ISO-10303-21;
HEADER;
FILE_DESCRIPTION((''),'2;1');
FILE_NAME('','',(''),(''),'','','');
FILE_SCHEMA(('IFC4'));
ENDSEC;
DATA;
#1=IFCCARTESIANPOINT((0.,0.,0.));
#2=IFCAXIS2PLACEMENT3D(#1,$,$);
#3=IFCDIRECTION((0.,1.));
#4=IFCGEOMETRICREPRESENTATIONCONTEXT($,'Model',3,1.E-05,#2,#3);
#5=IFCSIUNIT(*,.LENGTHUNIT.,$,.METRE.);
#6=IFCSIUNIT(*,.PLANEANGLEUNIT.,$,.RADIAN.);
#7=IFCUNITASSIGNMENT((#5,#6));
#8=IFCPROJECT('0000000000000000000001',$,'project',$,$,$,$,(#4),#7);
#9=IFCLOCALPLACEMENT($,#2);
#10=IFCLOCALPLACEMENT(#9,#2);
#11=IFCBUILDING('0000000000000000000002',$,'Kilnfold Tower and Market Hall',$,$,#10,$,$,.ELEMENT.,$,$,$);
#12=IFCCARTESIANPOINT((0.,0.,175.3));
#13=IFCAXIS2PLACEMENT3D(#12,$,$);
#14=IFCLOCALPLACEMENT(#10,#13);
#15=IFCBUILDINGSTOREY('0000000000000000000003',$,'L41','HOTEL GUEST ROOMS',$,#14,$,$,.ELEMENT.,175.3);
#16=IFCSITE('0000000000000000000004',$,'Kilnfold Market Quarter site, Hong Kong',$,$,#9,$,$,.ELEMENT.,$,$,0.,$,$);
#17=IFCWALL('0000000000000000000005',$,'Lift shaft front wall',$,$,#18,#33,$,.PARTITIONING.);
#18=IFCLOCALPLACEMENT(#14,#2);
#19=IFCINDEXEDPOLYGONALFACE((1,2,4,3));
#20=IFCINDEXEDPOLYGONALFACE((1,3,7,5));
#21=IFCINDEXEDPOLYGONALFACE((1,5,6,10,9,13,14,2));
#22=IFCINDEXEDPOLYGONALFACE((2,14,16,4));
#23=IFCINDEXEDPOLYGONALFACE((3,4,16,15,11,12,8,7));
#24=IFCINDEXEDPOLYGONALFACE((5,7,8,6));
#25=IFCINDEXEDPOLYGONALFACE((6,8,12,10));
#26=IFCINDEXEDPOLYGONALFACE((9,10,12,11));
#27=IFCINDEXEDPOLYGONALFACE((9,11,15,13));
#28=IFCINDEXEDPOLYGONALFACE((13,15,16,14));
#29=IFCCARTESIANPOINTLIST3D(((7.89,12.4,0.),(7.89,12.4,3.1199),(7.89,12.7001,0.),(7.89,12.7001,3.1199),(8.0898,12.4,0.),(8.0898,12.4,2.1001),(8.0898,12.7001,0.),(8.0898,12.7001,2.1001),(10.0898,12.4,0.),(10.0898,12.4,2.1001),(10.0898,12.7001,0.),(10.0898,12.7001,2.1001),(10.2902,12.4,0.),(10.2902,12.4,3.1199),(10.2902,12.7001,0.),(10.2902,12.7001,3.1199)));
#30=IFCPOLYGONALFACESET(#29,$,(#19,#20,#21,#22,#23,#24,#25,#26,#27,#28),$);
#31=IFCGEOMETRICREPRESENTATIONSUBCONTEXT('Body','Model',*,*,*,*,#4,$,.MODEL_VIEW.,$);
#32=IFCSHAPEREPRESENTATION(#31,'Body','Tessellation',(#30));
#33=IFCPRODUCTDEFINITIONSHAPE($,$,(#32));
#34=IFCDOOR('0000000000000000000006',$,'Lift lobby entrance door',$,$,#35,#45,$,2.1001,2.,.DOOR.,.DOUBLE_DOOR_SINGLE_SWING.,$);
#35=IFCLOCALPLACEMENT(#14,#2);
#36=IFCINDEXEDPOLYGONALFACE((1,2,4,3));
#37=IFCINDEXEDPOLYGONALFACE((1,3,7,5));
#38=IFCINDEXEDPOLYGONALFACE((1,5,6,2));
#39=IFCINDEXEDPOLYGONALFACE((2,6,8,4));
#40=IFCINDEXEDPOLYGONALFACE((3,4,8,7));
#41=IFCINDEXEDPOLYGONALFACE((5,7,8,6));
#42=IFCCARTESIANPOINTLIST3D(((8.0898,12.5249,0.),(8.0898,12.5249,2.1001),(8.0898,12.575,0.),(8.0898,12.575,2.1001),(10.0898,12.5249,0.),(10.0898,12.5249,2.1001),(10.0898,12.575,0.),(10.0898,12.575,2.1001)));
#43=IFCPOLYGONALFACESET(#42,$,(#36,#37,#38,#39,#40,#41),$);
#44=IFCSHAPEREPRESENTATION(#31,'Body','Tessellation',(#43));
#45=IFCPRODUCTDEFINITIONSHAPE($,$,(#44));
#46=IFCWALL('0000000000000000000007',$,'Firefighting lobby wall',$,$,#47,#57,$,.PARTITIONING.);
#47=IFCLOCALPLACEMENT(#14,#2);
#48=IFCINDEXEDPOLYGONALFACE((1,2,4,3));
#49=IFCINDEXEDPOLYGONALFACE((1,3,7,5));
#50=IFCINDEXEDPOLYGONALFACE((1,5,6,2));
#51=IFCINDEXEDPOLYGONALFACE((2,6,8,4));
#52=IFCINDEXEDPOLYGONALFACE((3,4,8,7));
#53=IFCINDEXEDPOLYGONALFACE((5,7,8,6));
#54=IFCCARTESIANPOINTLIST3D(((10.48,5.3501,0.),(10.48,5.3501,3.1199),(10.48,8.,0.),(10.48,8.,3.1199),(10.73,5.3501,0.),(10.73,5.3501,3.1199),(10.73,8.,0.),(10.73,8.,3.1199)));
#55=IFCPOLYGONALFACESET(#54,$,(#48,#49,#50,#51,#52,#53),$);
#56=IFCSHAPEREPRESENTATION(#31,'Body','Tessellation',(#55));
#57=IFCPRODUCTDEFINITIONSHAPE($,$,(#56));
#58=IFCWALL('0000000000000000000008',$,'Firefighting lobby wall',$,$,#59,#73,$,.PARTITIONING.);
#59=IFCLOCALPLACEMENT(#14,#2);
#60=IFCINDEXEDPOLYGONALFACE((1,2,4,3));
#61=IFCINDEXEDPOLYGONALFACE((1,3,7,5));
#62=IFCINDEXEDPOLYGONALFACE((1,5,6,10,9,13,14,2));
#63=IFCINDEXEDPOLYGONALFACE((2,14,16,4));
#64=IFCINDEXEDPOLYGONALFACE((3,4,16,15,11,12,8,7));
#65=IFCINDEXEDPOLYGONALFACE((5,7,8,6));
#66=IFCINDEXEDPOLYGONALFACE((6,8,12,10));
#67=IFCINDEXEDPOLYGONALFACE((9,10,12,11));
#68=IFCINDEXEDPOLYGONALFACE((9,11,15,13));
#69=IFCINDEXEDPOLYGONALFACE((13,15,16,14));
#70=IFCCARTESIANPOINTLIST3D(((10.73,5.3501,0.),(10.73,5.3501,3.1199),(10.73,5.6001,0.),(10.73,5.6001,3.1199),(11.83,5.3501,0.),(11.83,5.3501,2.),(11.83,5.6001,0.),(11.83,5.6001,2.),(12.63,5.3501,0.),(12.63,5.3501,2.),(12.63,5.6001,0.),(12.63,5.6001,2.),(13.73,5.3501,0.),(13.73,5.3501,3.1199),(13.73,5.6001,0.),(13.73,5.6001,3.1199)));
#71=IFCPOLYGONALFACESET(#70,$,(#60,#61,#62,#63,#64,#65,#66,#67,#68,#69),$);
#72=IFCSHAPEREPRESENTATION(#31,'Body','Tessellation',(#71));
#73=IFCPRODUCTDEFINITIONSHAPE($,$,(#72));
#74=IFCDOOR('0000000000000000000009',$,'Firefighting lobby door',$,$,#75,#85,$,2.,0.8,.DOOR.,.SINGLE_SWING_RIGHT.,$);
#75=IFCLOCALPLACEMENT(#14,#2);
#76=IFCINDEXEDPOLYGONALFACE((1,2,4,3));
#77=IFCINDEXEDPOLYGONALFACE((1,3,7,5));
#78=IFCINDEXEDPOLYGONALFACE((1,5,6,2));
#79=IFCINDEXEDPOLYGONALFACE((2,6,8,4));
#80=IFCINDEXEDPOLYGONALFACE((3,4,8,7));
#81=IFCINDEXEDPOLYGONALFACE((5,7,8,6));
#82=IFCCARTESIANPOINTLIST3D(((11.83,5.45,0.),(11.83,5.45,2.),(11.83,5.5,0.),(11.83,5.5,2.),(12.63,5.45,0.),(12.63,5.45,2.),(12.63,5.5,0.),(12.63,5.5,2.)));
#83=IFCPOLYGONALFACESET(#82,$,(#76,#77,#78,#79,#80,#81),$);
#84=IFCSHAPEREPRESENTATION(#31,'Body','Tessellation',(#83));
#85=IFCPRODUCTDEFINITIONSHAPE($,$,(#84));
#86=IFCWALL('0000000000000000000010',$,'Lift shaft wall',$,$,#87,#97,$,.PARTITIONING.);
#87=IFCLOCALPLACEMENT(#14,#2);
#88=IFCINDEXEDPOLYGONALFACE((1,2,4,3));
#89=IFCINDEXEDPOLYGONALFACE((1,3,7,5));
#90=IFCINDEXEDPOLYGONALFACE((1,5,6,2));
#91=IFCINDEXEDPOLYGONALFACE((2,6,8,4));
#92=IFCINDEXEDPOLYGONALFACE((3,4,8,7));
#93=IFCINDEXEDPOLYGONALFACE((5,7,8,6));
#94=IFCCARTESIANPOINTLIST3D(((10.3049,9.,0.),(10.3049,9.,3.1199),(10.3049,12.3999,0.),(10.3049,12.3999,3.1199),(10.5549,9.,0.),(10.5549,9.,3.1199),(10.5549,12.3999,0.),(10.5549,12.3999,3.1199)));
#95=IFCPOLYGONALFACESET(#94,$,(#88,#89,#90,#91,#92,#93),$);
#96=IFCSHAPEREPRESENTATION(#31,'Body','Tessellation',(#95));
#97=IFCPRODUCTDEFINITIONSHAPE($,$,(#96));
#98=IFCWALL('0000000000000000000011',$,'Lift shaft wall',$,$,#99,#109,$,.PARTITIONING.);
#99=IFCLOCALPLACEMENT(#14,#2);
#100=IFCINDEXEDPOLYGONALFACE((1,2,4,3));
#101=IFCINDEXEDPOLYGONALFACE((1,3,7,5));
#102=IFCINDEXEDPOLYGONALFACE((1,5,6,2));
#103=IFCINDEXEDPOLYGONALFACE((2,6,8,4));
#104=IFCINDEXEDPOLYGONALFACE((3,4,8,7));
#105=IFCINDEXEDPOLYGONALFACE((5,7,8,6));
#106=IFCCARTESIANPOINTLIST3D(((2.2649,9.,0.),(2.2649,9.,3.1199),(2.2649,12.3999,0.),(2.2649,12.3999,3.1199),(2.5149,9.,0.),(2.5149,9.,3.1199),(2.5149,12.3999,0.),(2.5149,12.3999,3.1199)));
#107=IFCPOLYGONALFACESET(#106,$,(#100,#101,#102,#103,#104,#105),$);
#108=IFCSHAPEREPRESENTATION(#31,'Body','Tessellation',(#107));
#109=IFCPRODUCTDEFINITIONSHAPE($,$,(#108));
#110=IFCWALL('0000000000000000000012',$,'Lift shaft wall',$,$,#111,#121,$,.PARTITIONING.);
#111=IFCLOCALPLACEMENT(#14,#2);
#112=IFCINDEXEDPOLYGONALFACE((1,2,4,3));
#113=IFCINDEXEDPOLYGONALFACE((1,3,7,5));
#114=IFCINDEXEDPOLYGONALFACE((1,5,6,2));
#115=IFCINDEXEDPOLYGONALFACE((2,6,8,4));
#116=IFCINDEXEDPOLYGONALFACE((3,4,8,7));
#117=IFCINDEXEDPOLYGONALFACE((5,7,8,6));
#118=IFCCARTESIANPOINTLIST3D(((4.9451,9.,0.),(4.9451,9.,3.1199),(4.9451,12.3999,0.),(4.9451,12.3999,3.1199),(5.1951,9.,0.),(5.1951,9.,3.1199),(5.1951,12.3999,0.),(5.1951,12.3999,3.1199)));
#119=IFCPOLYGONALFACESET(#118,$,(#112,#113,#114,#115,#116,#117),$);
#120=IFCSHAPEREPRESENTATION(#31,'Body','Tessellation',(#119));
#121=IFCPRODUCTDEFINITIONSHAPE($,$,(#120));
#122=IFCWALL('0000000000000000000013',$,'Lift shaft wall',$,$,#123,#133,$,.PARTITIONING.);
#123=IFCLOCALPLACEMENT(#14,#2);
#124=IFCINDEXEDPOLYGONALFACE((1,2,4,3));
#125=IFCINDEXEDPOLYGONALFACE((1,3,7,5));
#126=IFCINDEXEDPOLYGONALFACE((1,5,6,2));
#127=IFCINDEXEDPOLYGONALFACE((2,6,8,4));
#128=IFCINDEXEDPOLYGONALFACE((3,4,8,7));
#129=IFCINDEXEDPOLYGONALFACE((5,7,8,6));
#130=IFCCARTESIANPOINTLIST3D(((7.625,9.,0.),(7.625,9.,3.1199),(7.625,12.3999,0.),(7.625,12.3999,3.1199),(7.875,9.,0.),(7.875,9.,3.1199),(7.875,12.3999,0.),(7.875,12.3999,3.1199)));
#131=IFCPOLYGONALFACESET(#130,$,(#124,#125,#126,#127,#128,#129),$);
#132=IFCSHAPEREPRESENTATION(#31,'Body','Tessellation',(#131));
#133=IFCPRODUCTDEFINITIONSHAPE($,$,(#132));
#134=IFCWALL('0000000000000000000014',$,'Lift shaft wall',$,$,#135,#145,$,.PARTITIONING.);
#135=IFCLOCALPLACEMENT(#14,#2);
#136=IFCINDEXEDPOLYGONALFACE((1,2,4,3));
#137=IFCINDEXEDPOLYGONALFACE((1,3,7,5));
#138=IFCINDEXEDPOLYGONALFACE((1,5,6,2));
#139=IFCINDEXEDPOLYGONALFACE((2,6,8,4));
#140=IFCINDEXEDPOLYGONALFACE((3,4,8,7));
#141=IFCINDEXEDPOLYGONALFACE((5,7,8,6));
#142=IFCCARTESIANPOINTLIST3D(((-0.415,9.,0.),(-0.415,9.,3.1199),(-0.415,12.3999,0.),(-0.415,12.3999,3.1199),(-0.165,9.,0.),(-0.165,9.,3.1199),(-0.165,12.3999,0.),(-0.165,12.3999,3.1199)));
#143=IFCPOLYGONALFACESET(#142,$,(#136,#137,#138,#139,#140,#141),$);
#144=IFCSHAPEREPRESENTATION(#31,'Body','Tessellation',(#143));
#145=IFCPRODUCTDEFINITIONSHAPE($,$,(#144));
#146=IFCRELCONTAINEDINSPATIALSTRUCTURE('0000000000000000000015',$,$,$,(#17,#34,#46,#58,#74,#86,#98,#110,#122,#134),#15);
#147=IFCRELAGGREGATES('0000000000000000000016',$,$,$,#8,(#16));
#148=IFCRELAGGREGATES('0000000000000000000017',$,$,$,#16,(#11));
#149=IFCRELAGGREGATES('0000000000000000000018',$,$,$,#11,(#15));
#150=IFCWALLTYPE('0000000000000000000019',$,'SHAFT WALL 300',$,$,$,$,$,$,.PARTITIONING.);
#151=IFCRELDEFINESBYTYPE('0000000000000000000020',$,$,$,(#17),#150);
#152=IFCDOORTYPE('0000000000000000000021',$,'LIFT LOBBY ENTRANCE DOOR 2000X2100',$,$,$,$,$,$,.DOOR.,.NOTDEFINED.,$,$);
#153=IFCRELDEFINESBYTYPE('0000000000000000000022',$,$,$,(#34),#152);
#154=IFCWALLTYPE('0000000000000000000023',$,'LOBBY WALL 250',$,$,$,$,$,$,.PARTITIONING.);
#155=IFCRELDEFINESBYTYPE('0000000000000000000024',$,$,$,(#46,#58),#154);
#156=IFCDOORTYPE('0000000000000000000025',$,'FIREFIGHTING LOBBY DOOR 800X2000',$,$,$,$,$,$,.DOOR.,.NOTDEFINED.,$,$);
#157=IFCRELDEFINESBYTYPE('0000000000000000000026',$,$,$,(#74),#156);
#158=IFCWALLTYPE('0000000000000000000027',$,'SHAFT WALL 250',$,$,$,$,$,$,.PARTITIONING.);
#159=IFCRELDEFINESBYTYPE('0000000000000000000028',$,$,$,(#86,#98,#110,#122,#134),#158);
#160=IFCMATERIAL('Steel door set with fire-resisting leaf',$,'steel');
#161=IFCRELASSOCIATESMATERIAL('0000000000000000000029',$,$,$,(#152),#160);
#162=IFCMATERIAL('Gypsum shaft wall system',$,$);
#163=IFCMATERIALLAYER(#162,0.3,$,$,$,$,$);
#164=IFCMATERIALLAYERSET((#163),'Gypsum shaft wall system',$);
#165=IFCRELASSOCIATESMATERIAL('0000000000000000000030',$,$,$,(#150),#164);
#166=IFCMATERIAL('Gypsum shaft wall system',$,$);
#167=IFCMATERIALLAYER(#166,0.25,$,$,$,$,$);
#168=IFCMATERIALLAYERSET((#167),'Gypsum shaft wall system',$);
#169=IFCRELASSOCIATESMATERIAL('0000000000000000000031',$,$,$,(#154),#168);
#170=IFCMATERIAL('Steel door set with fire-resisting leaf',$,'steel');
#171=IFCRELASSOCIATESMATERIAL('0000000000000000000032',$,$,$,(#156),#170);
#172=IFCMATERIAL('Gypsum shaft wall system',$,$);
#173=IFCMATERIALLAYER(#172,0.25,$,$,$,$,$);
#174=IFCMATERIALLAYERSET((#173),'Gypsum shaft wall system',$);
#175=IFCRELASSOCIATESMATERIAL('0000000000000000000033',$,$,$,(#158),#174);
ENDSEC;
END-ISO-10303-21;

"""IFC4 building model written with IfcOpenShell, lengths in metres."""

from ifc_helpers import new_model, si_unit, direction, frame, frame_2d, origin, place, context, subcontext, project, spatial, rectangle, extrude, source, transform, mapped, material, layer, layer_set, type_object, element, fill, save


model = new_model("IFC4")

# Units and contexts
model_context = context("Model", 3, precision=1e-05, world=origin(), true_north=direction((0.0, 1.0)))
body_context = subcontext(model_context, "Body", "Model", "MODEL_VIEW")
ifc_project = project(units=[si_unit("LENGTHUNIT", "METRE"), si_unit("PLANEANGLEUNIT", "RADIAN")], contexts=[model_context])

# Site, building, storey
site_placement = place(None, origin())
site = spatial("IfcSite", under=ifc_project, at=site_placement, Name="Kilnfold Market Quarter site, Hong Kong", CompositionType="ELEMENT", RefElevation=0.0)
building_placement = place(site_placement, origin())
building = spatial("IfcBuilding", under=site, at=building_placement, Name="Kilnfold Tower and Market Hall", CompositionType="ELEMENT")
storey_placement = place(building_placement, frame((0.0, 0.0, 175.3)))
storey = spatial("IfcBuildingStorey", under=building, at=storey_placement, Name="L41", Description="HOTEL GUEST ROOMS", CompositionType="ELEMENT", Elevation=175.3)

# Wall, opening, door
ifc_material_1 = material(Name="Steel door set with fire-resisting leaf", Category="steel")
door_type_1 = type_object("IfcDoorType", Name="LIFT LOBBY ENTRANCE DOOR 2000X2100", OperationType="NOTDEFINED", PredefinedType="DOOR", material=ifc_material_1)
ifc_material_2 = material(Name="Gypsum shaft wall system")
ifc_layer_1 = layer(ifc_material_2, 0.3)
ifc_layer_set_1 = layer_set([ifc_layer_1], Name="Gypsum shaft wall system")
wall_type_1 = type_object("IfcWallType", Name="SHAFT WALL 300", PredefinedType="PARTITIONING", material=ifc_layer_set_1)
shared_shape_1 = source(origin(), body_context, "Body", "SweptSolid", [
    extrude(rectangle(XDim=2.4001, YDim=0.3, at=frame_2d((1.2002, 0.0))), origin(), (0.0, 0.0, 1.0), 3.1199),
])
wall_1_placement = place(storey_placement, frame((7.8899, 12.55, 0.0), z_axis=(0.0, 0.0, 1.0), x_axis=(1.0, 0.0, 0.0)))
wall_1 = element("IfcWall", 1, at=wall_1_placement, inside=storey, type_object=wall_type_1, Name="Lift shaft front wall", PredefinedType="PARTITIONING", context=body_context, shape_type="MappedRepresentation", body=[
    mapped(shared_shape_1, transform((0.0, 0.0, 0.0))),
])
opening_1_placement = place(wall_1_placement, frame((0.2, 0.0, 0.0)))
opening_1 = element("IfcOpeningElement", 2, at=opening_1_placement, cuts=wall_1, PredefinedType="OPENING", context=body_context, shape_type="SweptSolid", body=[
    extrude(rectangle(XDim=2.0, YDim=2.1001, at=frame_2d((1.0, 1.05))), frame((0.0, 0.1602, 0.0), z_axis=(0.0, -1.0, 0.0), x_axis=(1.0, 0.0, 0.0)), (0.0, 0.0, 1.0), 0.3201),
])
door_1_placement = place(opening_1_placement, origin())
door_1 = element("IfcDoor", 3, at=door_1_placement, inside=storey, type_object=door_type_1, Name="Lift lobby entrance door", OperationType="DOUBLE_DOOR_SINGLE_SWING", OverallHeight=2.1001, OverallWidth=2.0, PredefinedType="DOOR", context=body_context, shape_type="SweptSolid", body=[
    extrude(rectangle(XDim=2.0, YDim=2.1001, at=frame_2d((1.0, 1.05))), frame((0.0, 0.0249, 0.0), z_axis=(0.0, -1.0, 0.0), x_axis=(1.0, 0.0, 0.0)), (0.0, 0.0, 1.0), 0.05),
])
fill(opening_1, door_1)

# Wall
ifc_material_3 = material(Name="Gypsum shaft wall system")
ifc_layer_2 = layer(ifc_material_3, 0.25)
ifc_layer_set_2 = layer_set([ifc_layer_2], Name="Gypsum shaft wall system")
wall_type_2 = type_object("IfcWallType", Name="LOBBY WALL 250", PredefinedType="PARTITIONING", material=ifc_layer_set_2)
shared_shape_2 = source(origin(), body_context, "Body", "SweptSolid", [
    extrude(rectangle(XDim=2.6499, YDim=0.25, at=frame_2d((1.325, 0.0))), origin(), (0.0, 0.0, 1.0), 3.1199),
])
wall_2_placement = place(storey_placement, frame((10.605, 5.3501, 0.0), z_axis=(0.0, 0.0, 1.0), x_axis=(0.0, 1.0, 0.0)))
element("IfcWall", 4, at=wall_2_placement, inside=storey, type_object=wall_type_2, Name="Firefighting lobby wall", PredefinedType="PARTITIONING", context=body_context, shape_type="MappedRepresentation", body=[
    mapped(shared_shape_2, transform((0.0, 0.0, 0.0))),
])

# Wall, opening, door
shared_shape_3 = source(origin(), body_context, "Body", "SweptSolid", [
    extrude(rectangle(XDim=3.0, YDim=0.25, at=frame_2d((1.5, 0.0))), origin(), (0.0, 0.0, 1.0), 3.1199),
])
wall_3_placement = place(storey_placement, frame((10.73, 5.4751, 0.0), z_axis=(0.0, 0.0, 1.0), x_axis=(1.0, 0.0, 0.0)))
wall_3 = element("IfcWall", 5, at=wall_3_placement, inside=storey, type_object=wall_type_2, Name="Firefighting lobby wall", PredefinedType="PARTITIONING", context=body_context, shape_type="MappedRepresentation", body=[
    mapped(shared_shape_3, transform((0.0, 0.0, 0.0))),
])
opening_2_placement = place(wall_3_placement, frame((1.1001, 0.0, 0.0)))
opening_2 = element("IfcOpeningElement", 6, at=opening_2_placement, cuts=wall_3, PredefinedType="OPENING", context=body_context, shape_type="SweptSolid", body=[
    extrude(rectangle(XDim=0.8, YDim=2.0, at=frame_2d((0.3999, 1.0))), frame((0.0, 0.135, 0.0), z_axis=(0.0, -1.0, 0.0), x_axis=(1.0, 0.0, 0.0)), (0.0, 0.0, 1.0), 0.27),
])
ifc_material_4 = material(Name="Steel door set with fire-resisting leaf", Category="steel")
door_type_2 = type_object("IfcDoorType", Name="FIREFIGHTING LOBBY DOOR 800X2000", OperationType="NOTDEFINED", PredefinedType="DOOR", material=ifc_material_4)
door_2_placement = place(opening_2_placement, origin())
door_2 = element("IfcDoor", 7, at=door_2_placement, inside=storey, type_object=door_type_2, Name="Firefighting lobby door", OperationType="SINGLE_SWING_RIGHT", OverallHeight=2.0, OverallWidth=0.8, PredefinedType="DOOR", context=body_context, shape_type="SweptSolid", body=[
    extrude(rectangle(XDim=0.8, YDim=2.0, at=frame_2d((0.3999, 1.0))), frame((0.0, 0.0249, 0.0), z_axis=(0.0, -1.0, 0.0), x_axis=(1.0, 0.0, 0.0)), (0.0, 0.0, 1.0), 0.05),
])
fill(opening_2, door_2)

# Walls
ifc_material_5 = material(Name="Gypsum shaft wall system")
ifc_layer_3 = layer(ifc_material_5, 0.25)
ifc_layer_set_3 = layer_set([ifc_layer_3], Name="Gypsum shaft wall system")
wall_type_3 = type_object("IfcWallType", Name="SHAFT WALL 250", PredefinedType="PARTITIONING", material=ifc_layer_set_3)
shared_shape_4 = source(origin(), body_context, "Body", "SweptSolid", [
    extrude(rectangle(XDim=3.3999, YDim=0.25, at=frame_2d((1.7, 0.0))), origin(), (0.0, 0.0, 1.0), 3.1199),
])
for number, where, z_axis, x_axis, name in (
    (8, (10.4299, 9.0, 0.0), (0.0, 0.0, 1.0), (0.0, 1.0, 0.0), "Lift shaft wall"),
    (9, (2.3899, 9.0, 0.0), (0.0, 0.0, 1.0), (0.0, 1.0, 0.0), "Lift shaft wall"),
    (10, (5.0701, 9.0, 0.0), (0.0, 0.0, 1.0), (0.0, 1.0, 0.0), "Lift shaft wall"),
    (11, (7.75, 9.0, 0.0), (0.0, 0.0, 1.0), (0.0, 1.0, 0.0), "Lift shaft wall"),
    (12, (-0.29, 9.0, 0.0), (0.0, 0.0, 1.0), (0.0, 1.0, 0.0), "Lift shaft wall"),
):
    element("IfcWall", number, at=place(storey_placement, frame(where, z_axis=z_axis, x_axis=x_axis)), inside=storey, type_object=wall_type_3, Name=name, PredefinedType="PARTITIONING", context=body_context, shape_type="MappedRepresentation", body=[
        mapped(shared_shape_4, transform((0.0, 0.0, 0.0))),
    ])

save(model, "model.ifc")
